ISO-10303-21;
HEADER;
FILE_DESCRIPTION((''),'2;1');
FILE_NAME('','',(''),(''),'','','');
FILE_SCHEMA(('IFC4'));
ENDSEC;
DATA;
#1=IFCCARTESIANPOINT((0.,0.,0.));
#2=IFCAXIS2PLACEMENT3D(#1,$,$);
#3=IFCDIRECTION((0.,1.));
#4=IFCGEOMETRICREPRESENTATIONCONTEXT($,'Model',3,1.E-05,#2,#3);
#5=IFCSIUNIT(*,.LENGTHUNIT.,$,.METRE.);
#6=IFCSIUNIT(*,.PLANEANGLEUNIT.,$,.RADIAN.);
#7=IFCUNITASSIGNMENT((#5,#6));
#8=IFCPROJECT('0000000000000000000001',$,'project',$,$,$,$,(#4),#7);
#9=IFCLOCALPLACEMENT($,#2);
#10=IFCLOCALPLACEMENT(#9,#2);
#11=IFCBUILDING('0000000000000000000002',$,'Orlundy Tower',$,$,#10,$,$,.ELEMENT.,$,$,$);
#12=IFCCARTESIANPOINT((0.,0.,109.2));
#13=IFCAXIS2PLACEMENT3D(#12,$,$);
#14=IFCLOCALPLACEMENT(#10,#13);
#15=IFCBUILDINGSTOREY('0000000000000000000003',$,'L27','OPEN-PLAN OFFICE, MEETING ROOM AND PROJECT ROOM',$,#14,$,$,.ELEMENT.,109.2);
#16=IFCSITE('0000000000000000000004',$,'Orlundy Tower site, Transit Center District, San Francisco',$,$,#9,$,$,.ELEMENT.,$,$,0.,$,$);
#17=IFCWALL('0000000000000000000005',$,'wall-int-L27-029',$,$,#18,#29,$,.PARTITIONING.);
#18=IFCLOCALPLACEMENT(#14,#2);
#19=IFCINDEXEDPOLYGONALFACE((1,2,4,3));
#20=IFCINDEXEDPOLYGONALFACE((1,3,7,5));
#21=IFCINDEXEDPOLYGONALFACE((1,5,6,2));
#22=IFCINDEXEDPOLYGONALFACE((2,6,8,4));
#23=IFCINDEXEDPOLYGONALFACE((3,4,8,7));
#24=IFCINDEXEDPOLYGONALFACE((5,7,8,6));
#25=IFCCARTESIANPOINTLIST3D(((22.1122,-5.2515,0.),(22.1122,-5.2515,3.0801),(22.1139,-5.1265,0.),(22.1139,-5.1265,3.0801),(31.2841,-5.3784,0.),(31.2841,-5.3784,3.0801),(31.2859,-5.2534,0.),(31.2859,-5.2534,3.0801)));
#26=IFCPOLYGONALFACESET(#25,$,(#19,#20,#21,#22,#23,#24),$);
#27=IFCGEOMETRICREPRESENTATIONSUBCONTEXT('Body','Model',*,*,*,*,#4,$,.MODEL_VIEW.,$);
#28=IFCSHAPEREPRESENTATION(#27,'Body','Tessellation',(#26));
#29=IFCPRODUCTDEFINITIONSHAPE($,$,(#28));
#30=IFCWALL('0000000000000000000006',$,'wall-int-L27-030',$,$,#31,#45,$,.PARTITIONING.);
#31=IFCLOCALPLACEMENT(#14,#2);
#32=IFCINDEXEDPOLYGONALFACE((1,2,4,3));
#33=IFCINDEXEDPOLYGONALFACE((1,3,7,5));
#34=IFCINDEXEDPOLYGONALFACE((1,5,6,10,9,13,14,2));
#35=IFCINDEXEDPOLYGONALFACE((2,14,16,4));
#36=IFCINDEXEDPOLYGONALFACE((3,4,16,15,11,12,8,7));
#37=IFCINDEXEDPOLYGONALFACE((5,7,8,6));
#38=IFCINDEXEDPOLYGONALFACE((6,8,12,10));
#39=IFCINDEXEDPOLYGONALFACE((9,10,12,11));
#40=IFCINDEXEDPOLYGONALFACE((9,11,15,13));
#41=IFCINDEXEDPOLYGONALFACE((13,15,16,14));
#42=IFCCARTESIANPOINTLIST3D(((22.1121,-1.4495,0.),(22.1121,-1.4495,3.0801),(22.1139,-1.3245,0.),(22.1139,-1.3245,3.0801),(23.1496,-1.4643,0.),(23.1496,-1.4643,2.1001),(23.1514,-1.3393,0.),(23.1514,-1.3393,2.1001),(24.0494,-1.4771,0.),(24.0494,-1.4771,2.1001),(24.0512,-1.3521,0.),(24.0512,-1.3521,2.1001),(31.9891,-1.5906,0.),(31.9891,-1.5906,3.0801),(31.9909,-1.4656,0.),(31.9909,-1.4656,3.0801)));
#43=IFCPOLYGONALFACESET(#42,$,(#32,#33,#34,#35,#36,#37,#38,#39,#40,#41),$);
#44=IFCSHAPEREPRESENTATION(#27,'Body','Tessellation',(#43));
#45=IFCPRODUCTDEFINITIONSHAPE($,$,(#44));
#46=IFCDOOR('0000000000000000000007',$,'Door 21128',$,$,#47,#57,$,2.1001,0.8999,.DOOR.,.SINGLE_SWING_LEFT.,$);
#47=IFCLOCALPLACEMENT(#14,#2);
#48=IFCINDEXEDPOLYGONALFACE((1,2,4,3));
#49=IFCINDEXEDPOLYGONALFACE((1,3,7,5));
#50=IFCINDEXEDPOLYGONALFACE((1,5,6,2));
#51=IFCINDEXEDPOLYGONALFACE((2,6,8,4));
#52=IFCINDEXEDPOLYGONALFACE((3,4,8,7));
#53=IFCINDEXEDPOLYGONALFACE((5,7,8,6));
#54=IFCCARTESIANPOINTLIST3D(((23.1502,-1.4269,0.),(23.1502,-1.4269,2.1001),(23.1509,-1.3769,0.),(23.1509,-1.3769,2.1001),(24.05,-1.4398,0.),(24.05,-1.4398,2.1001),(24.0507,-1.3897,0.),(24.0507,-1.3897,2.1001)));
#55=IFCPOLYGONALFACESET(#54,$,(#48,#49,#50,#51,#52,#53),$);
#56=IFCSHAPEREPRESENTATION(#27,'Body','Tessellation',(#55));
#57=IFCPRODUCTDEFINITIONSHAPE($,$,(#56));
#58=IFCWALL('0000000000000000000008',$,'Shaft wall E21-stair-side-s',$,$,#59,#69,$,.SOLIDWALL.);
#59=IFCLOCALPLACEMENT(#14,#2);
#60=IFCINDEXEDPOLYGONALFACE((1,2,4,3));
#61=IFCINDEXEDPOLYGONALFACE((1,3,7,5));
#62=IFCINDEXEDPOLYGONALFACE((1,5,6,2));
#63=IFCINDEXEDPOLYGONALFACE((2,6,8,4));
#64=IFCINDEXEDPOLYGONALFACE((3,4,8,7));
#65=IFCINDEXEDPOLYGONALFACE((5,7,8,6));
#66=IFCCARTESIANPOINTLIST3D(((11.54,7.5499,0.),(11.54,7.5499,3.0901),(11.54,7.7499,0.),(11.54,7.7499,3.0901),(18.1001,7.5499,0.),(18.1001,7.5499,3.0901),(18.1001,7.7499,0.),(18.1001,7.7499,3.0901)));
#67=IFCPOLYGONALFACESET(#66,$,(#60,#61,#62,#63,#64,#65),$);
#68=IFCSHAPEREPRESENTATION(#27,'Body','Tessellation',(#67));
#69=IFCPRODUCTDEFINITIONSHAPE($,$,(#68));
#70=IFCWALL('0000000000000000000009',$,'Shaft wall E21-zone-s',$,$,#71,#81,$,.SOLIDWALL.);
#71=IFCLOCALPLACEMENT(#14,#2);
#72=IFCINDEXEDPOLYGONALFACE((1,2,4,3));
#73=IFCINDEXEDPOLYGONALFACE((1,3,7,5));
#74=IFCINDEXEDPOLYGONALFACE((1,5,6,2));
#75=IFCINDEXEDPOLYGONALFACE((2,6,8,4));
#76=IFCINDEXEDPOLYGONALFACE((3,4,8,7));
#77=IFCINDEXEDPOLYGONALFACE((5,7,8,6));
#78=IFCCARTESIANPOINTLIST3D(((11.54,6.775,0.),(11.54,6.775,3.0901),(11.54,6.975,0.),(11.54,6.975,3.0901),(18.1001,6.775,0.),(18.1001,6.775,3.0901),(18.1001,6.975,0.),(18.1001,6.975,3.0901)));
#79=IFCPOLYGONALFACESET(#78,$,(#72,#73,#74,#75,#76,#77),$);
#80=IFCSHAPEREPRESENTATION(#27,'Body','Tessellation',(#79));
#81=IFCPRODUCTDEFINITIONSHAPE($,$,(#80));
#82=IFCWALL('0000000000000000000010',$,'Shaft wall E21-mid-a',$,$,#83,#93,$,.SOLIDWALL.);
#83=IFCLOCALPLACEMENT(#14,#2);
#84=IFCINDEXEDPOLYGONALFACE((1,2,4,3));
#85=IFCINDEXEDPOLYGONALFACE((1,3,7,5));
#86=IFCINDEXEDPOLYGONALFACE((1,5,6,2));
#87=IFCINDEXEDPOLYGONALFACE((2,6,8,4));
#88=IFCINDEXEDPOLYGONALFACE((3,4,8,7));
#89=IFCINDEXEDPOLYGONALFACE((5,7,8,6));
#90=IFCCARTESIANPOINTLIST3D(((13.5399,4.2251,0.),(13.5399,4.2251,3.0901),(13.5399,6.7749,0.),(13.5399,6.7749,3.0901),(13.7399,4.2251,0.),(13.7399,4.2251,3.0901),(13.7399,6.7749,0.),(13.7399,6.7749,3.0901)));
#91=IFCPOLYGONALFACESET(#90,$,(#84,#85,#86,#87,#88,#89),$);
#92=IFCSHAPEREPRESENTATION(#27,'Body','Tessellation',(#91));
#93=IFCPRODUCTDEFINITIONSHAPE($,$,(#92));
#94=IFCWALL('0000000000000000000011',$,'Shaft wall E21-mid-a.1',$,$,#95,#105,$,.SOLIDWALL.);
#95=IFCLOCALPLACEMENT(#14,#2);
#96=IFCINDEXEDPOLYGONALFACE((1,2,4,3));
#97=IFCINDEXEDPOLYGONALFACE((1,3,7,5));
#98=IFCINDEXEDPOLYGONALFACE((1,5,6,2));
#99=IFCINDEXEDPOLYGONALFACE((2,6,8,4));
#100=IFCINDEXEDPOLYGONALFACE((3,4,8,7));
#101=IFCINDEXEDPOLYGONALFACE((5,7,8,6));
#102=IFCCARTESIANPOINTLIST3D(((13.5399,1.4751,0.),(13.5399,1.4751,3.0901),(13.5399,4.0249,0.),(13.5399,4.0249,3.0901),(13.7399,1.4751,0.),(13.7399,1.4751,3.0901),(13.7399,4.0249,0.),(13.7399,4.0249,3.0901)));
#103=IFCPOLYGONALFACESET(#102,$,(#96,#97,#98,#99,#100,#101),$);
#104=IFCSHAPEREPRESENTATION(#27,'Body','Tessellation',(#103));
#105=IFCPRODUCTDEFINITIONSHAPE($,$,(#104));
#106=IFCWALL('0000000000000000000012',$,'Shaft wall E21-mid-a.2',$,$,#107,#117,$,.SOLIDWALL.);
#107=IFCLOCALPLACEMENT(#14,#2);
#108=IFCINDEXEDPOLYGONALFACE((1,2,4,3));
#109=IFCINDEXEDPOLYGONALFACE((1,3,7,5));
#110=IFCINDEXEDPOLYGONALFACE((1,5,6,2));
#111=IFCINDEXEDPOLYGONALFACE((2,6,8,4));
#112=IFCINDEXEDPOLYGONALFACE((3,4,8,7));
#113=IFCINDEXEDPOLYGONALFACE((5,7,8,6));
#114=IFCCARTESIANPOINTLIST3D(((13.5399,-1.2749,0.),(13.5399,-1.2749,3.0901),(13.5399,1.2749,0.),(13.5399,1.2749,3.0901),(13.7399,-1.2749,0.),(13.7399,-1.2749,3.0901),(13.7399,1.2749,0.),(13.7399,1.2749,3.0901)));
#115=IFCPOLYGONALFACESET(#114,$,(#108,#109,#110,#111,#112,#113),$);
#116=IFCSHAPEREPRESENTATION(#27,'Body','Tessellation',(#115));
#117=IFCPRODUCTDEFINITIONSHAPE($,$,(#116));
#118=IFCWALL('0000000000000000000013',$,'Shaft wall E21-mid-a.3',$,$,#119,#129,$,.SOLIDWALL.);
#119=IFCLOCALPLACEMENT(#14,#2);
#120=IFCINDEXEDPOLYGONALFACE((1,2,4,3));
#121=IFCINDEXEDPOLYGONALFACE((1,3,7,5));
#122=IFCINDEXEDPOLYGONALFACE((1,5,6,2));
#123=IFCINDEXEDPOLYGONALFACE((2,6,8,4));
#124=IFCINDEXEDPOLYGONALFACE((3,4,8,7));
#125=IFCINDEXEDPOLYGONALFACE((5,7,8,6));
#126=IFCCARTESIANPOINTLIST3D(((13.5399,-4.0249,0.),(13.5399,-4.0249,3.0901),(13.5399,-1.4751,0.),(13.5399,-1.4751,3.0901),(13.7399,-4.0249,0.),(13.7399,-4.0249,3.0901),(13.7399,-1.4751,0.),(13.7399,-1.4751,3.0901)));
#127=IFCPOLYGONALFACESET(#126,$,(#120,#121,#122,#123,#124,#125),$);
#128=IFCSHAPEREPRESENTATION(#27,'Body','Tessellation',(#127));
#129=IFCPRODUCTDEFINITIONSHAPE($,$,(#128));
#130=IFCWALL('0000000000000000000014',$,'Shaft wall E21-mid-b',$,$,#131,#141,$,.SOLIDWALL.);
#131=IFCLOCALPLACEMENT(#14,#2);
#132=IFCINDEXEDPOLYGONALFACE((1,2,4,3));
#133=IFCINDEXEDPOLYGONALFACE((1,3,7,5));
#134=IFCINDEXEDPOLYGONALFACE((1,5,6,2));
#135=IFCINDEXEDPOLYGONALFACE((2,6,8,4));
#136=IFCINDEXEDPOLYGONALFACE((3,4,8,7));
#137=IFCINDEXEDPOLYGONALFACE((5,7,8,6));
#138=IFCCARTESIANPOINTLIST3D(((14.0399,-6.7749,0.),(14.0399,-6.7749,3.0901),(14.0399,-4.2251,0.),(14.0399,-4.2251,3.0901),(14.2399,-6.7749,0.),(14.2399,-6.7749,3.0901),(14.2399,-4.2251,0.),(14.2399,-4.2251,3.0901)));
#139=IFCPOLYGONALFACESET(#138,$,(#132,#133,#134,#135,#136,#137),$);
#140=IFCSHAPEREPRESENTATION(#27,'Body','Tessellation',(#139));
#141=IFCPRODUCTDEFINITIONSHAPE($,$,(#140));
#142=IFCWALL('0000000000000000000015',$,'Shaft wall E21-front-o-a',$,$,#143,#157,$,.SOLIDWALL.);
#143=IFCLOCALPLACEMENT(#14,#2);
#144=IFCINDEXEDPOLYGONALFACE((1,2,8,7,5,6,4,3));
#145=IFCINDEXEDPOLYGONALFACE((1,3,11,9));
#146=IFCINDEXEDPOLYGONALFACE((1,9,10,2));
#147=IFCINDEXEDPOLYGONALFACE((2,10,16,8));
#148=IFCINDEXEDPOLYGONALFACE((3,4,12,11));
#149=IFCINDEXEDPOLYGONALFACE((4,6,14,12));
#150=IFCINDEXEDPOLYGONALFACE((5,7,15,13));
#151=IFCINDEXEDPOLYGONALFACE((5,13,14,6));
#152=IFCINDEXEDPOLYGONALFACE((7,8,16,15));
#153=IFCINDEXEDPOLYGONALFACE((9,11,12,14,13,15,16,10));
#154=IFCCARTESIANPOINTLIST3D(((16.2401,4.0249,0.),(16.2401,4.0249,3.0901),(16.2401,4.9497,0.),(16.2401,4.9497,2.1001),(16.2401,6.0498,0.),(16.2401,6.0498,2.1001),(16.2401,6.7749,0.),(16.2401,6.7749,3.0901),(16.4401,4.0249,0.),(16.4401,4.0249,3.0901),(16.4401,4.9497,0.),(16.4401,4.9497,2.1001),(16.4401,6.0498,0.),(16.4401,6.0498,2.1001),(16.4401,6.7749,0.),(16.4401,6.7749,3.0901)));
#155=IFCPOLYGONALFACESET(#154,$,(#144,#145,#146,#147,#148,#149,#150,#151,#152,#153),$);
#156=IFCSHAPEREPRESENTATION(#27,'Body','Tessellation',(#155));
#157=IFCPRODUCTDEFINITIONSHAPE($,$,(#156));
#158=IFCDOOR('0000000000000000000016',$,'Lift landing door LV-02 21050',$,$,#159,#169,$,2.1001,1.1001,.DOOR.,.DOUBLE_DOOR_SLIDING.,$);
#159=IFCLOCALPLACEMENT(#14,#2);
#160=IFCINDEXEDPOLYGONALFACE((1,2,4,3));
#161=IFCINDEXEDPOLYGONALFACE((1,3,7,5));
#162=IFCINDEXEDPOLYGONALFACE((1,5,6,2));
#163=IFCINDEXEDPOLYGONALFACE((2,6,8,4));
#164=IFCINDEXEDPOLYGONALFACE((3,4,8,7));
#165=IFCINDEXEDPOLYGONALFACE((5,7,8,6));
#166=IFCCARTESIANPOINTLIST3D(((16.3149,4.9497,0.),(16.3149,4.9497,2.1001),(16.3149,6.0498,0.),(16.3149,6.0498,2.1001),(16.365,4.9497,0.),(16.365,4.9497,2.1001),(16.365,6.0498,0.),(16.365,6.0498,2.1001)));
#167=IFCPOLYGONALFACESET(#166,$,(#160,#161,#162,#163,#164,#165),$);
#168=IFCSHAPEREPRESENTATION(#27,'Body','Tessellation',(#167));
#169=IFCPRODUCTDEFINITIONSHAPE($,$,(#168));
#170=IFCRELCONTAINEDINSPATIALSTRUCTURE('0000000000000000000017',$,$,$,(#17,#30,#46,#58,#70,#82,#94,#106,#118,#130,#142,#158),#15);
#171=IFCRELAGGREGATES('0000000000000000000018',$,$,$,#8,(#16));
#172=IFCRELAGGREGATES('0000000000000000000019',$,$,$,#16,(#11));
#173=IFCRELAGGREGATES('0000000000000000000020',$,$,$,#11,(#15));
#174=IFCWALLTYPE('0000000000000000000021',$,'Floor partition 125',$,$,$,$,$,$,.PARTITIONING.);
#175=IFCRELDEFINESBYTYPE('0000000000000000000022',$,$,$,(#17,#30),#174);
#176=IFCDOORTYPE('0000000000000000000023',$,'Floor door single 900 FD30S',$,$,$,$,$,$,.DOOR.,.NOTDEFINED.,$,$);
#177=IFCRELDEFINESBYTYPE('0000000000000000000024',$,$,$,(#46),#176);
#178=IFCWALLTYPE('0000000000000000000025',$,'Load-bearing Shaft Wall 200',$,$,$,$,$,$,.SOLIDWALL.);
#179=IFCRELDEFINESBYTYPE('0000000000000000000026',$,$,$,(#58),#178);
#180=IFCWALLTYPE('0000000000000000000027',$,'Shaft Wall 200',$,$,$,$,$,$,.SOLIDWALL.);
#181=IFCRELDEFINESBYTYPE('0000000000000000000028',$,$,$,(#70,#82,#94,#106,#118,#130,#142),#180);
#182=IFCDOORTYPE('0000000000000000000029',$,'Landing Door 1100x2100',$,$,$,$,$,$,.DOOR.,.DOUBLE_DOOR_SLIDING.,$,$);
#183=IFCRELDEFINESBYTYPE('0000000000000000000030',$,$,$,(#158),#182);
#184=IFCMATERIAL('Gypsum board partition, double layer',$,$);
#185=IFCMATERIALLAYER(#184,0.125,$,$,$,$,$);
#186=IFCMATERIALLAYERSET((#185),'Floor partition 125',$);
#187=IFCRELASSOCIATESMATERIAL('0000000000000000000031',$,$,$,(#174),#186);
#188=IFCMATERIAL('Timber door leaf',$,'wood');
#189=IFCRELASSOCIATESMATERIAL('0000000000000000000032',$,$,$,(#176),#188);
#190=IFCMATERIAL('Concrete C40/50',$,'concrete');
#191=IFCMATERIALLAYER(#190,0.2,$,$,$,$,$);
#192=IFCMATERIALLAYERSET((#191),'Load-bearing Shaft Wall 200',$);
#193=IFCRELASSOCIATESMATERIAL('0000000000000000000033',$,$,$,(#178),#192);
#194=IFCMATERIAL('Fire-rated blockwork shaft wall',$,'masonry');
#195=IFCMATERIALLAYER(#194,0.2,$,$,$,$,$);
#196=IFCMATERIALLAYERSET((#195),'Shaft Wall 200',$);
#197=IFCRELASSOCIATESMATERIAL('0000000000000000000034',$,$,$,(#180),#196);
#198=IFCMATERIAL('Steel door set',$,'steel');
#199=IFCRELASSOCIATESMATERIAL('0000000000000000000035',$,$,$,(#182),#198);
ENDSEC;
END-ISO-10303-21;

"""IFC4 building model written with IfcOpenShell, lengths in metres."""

from ifc_helpers import new_model, si_unit, direction, frame, frame_2d, origin, place, context, subcontext, project, spatial, rectangle, extrude, material, layer, layer_set, type_object, element, fill, save


model = new_model("IFC4")

# Units and contexts
model_context = context("Model", 3, precision=1e-05, world=origin(), true_north=direction((0.0, 1.0)))
body_context = subcontext(model_context, "Body", "Model", "MODEL_VIEW")
ifc_project = project(units=[si_unit("LENGTHUNIT", "METRE"), si_unit("PLANEANGLEUNIT", "RADIAN")], contexts=[model_context])

# Site, building, storey
site_placement = place(None, origin())
site = spatial("IfcSite", under=ifc_project, at=site_placement, Name="Orlundy Tower site, Transit Center District, San Francisco", CompositionType="ELEMENT", RefElevation=0.0)
building_placement = place(site_placement, origin())
building = spatial("IfcBuilding", under=site, at=building_placement, Name="Orlundy Tower", CompositionType="ELEMENT")
storey_placement = place(building_placement, frame((0.0, 0.0, 109.2)))
storey = spatial("IfcBuildingStorey", under=building, at=storey_placement, Name="L27", Description="OPEN-PLAN OFFICE, MEETING ROOM AND PROJECT ROOM", CompositionType="ELEMENT", Elevation=109.2)

# Wall
ifc_material_1 = material(Name="Gypsum board partition, double layer")
ifc_layer_1 = layer(ifc_material_1, 0.125)
ifc_layer_set_1 = layer_set([ifc_layer_1], Name="Floor partition 125")
wall_type_1 = type_object("IfcWallType", Name="Floor partition 125", PredefinedType="PARTITIONING", material=ifc_layer_set_1)
wall_1_placement = place(storey_placement, frame((22.113, -5.189, 0.0), z_axis=(0.0, 0.0, 1.0), x_axis=(0.999904, -0.01384, 0.0)))
element("IfcWall", 1, at=wall_1_placement, inside=storey, type_object=wall_type_1, Name="wall-int-L27-029", PredefinedType="PARTITIONING", context=body_context, shape_type="SweptSolid", body=[
    extrude(rectangle(XDim=9.1729, YDim=0.125, at=frame_2d((4.5864, 0.0))), origin(), (0.0, 0.0, 1.0), 3.0801),
])

# Wall, opening, door
wall_2_placement = place(storey_placement, frame((22.113, -1.387, 0.0), z_axis=(0.0, 0.0, 1.0), x_axis=(0.999898, -0.014286, 0.0)))
wall_2 = element("IfcWall", 2, at=wall_2_placement, inside=storey, type_object=wall_type_1, Name="wall-int-L27-030", PredefinedType="PARTITIONING", context=body_context, shape_type="SweptSolid", body=[
    extrude(rectangle(XDim=9.8779, YDim=0.125, at=frame_2d((4.939, 0.0))), origin(), (0.0, 0.0, 1.0), 3.0801),
])
opening_1_placement = place(wall_2_placement, frame((1.0376, 0.0, 0.0)))
opening_1 = element("IfcOpeningElement", 3, at=opening_1_placement, cuts=wall_2, PredefinedType="OPENING", context=body_context, shape_type="SweptSolid", body=[
    extrude(rectangle(XDim=0.8999, YDim=2.1001, at=frame_2d((0.45, 1.05))), frame((0.0, 0.0725, 0.0), z_axis=(0.0, -1.0, 0.0), x_axis=(1.0, 0.0, 0.0)), (0.0, 0.0, 1.0), 0.145),
])
ifc_material_2 = material(Name="Timber door leaf", Category="wood")
door_type_1 = type_object("IfcDoorType", Name="Floor door single 900 FD30S", OperationType="NOTDEFINED", PredefinedType="DOOR", material=ifc_material_2)
door_1_placement = place(opening_1_placement, origin())
door_1 = element("IfcDoor", 4, at=door_1_placement, inside=storey, type_object=door_type_1, Name="Door 21128", OperationType="SINGLE_SWING_LEFT", OverallHeight=2.1001, OverallWidth=0.8999, PredefinedType="DOOR", context=body_context, shape_type="SweptSolid", body=[
    extrude(rectangle(XDim=0.8999, YDim=2.1001, at=frame_2d((0.45, 1.05))), frame((0.0, 0.0249, 0.0), z_axis=(0.0, -1.0, 0.0), x_axis=(1.0, 0.0, 0.0)), (0.0, 0.0, 1.0), 0.05),
])
fill(opening_1, door_1)

# Walls
ifc_material_3 = material(Name="Concrete C40/50", Category="concrete")
ifc_layer_2 = layer(ifc_material_3, 0.2)
ifc_layer_set_2 = layer_set([ifc_layer_2], Name="Load-bearing Shaft Wall 200")
wall_type_2 = type_object("IfcWallType", Name="Load-bearing Shaft Wall 200", PredefinedType="SOLIDWALL", material=ifc_layer_set_2)
wall_3_placement = place(storey_placement, frame((11.54, 7.6499, 0.0), z_axis=(0.0, 0.0, 1.0), x_axis=(1.0, 0.0, 0.0)))
element("IfcWall", 5, at=wall_3_placement, inside=storey, type_object=wall_type_2, Name="Shaft wall E21-stair-side-s", PredefinedType="SOLIDWALL", context=body_context, shape_type="SweptSolid", body=[
    extrude(rectangle(XDim=6.5601, YDim=0.2, at=frame_2d((3.28, 0.0))), origin(), (0.0, 0.0, 1.0), 3.0901),
])
ifc_material_4 = material(Name="Fire-rated blockwork shaft wall", Category="masonry")
ifc_layer_3 = layer(ifc_material_4, 0.2)
ifc_layer_set_3 = layer_set([ifc_layer_3], Name="Shaft Wall 200")
wall_type_3 = type_object("IfcWallType", Name="Shaft Wall 200", PredefinedType="SOLIDWALL", material=ifc_layer_set_3)
wall_4_placement = place(storey_placement, frame((11.54, 6.875, 0.0), z_axis=(0.0, 0.0, 1.0), x_axis=(1.0, 0.0, 0.0)))
element("IfcWall", 6, at=wall_4_placement, inside=storey, type_object=wall_type_3, Name="Shaft wall E21-zone-s", PredefinedType="SOLIDWALL", context=body_context, shape_type="SweptSolid", body=[
    extrude(rectangle(XDim=6.5601, YDim=0.2, at=frame_2d((3.28, 0.0))), origin(), (0.0, 0.0, 1.0), 3.0901),
])
for number, where, z_axis, x_axis, name in (
    (7, (13.6399, 6.7749, 0.0), (0.0, 0.0, 1.0), (0.0, -1.0, 0.0), "Shaft wall E21-mid-a"),
    (8, (13.6399, 4.0249, 0.0), (0.0, 0.0, 1.0), (0.0, -1.0, 0.0), "Shaft wall E21-mid-a.1"),
    (9, (13.6399, 1.2749, 0.0), (0.0, 0.0, 1.0), (0.0, -1.0, 0.0), "Shaft wall E21-mid-a.2"),
    (10, (13.6399, -1.4751, 0.0), (0.0, 0.0, 1.0), (0.0, -1.0, 0.0), "Shaft wall E21-mid-a.3"),
    (11, (14.1399, -4.2251, 0.0), (0.0, 0.0, 1.0), (0.0, -1.0, 0.0), "Shaft wall E21-mid-b"),
):
    element("IfcWall", number, at=place(storey_placement, frame(where, z_axis=z_axis, x_axis=x_axis)), inside=storey, type_object=wall_type_3, Name=name, PredefinedType="SOLIDWALL", context=body_context, shape_type="SweptSolid", body=[
        extrude(rectangle(XDim=2.5498, YDim=0.2, at=frame_2d((1.2749, 0.0))), origin(), (0.0, 0.0, 1.0), 3.0901),
    ])

# Wall, opening, door
wall_5_placement = place(storey_placement, frame((16.3401, 6.7749, 0.0), z_axis=(0.0, 0.0, 1.0), x_axis=(0.0, -1.0, 0.0)))
wall_5 = element("IfcWall", 12, at=wall_5_placement, inside=storey, type_object=wall_type_3, Name="Shaft wall E21-front-o-a", PredefinedType="SOLIDWALL", context=body_context, shape_type="SweptSolid", body=[
    extrude(rectangle(XDim=2.75, YDim=0.2, at=frame_2d((1.375, 0.0))), origin(), (0.0, 0.0, 1.0), 3.0901),
])
opening_2_placement = place(wall_5_placement, frame((0.7251, 0.0, 0.0)))
opening_2 = element("IfcOpeningElement", 13, at=opening_2_placement, cuts=wall_5, PredefinedType="OPENING", context=body_context, shape_type="SweptSolid", body=[
    extrude(rectangle(XDim=1.1001, YDim=2.1001, at=frame_2d((0.55, 1.05))), frame((0.0, 0.1101, 0.0), z_axis=(0.0, -1.0, 0.0), x_axis=(1.0, 0.0, 0.0)), (0.0, 0.0, 1.0), 0.2202),
])
ifc_material_5 = material(Name="Steel door set", Category="steel")
door_type_2 = type_object("IfcDoorType", Name="Landing Door 1100x2100", OperationType="DOUBLE_DOOR_SLIDING", PredefinedType="DOOR", material=ifc_material_5)
door_2_placement = place(opening_2_placement, origin())
door_2 = element("IfcDoor", 14, at=door_2_placement, inside=storey, type_object=door_type_2, Name="Lift landing door LV-02 21050", OperationType="DOUBLE_DOOR_SLIDING", OverallHeight=2.1001, OverallWidth=1.1001, PredefinedType="DOOR", context=body_context, shape_type="SweptSolid", body=[
    extrude(rectangle(XDim=1.1001, YDim=2.1001, at=frame_2d((0.55, 1.05))), frame((0.0, 0.0249, 0.0), z_axis=(0.0, -1.0, 0.0), x_axis=(1.0, 0.0, 0.0)), (0.0, 0.0, 1.0), 0.05),
])
fill(opening_2, door_2)

save(model, "model.ifc")
